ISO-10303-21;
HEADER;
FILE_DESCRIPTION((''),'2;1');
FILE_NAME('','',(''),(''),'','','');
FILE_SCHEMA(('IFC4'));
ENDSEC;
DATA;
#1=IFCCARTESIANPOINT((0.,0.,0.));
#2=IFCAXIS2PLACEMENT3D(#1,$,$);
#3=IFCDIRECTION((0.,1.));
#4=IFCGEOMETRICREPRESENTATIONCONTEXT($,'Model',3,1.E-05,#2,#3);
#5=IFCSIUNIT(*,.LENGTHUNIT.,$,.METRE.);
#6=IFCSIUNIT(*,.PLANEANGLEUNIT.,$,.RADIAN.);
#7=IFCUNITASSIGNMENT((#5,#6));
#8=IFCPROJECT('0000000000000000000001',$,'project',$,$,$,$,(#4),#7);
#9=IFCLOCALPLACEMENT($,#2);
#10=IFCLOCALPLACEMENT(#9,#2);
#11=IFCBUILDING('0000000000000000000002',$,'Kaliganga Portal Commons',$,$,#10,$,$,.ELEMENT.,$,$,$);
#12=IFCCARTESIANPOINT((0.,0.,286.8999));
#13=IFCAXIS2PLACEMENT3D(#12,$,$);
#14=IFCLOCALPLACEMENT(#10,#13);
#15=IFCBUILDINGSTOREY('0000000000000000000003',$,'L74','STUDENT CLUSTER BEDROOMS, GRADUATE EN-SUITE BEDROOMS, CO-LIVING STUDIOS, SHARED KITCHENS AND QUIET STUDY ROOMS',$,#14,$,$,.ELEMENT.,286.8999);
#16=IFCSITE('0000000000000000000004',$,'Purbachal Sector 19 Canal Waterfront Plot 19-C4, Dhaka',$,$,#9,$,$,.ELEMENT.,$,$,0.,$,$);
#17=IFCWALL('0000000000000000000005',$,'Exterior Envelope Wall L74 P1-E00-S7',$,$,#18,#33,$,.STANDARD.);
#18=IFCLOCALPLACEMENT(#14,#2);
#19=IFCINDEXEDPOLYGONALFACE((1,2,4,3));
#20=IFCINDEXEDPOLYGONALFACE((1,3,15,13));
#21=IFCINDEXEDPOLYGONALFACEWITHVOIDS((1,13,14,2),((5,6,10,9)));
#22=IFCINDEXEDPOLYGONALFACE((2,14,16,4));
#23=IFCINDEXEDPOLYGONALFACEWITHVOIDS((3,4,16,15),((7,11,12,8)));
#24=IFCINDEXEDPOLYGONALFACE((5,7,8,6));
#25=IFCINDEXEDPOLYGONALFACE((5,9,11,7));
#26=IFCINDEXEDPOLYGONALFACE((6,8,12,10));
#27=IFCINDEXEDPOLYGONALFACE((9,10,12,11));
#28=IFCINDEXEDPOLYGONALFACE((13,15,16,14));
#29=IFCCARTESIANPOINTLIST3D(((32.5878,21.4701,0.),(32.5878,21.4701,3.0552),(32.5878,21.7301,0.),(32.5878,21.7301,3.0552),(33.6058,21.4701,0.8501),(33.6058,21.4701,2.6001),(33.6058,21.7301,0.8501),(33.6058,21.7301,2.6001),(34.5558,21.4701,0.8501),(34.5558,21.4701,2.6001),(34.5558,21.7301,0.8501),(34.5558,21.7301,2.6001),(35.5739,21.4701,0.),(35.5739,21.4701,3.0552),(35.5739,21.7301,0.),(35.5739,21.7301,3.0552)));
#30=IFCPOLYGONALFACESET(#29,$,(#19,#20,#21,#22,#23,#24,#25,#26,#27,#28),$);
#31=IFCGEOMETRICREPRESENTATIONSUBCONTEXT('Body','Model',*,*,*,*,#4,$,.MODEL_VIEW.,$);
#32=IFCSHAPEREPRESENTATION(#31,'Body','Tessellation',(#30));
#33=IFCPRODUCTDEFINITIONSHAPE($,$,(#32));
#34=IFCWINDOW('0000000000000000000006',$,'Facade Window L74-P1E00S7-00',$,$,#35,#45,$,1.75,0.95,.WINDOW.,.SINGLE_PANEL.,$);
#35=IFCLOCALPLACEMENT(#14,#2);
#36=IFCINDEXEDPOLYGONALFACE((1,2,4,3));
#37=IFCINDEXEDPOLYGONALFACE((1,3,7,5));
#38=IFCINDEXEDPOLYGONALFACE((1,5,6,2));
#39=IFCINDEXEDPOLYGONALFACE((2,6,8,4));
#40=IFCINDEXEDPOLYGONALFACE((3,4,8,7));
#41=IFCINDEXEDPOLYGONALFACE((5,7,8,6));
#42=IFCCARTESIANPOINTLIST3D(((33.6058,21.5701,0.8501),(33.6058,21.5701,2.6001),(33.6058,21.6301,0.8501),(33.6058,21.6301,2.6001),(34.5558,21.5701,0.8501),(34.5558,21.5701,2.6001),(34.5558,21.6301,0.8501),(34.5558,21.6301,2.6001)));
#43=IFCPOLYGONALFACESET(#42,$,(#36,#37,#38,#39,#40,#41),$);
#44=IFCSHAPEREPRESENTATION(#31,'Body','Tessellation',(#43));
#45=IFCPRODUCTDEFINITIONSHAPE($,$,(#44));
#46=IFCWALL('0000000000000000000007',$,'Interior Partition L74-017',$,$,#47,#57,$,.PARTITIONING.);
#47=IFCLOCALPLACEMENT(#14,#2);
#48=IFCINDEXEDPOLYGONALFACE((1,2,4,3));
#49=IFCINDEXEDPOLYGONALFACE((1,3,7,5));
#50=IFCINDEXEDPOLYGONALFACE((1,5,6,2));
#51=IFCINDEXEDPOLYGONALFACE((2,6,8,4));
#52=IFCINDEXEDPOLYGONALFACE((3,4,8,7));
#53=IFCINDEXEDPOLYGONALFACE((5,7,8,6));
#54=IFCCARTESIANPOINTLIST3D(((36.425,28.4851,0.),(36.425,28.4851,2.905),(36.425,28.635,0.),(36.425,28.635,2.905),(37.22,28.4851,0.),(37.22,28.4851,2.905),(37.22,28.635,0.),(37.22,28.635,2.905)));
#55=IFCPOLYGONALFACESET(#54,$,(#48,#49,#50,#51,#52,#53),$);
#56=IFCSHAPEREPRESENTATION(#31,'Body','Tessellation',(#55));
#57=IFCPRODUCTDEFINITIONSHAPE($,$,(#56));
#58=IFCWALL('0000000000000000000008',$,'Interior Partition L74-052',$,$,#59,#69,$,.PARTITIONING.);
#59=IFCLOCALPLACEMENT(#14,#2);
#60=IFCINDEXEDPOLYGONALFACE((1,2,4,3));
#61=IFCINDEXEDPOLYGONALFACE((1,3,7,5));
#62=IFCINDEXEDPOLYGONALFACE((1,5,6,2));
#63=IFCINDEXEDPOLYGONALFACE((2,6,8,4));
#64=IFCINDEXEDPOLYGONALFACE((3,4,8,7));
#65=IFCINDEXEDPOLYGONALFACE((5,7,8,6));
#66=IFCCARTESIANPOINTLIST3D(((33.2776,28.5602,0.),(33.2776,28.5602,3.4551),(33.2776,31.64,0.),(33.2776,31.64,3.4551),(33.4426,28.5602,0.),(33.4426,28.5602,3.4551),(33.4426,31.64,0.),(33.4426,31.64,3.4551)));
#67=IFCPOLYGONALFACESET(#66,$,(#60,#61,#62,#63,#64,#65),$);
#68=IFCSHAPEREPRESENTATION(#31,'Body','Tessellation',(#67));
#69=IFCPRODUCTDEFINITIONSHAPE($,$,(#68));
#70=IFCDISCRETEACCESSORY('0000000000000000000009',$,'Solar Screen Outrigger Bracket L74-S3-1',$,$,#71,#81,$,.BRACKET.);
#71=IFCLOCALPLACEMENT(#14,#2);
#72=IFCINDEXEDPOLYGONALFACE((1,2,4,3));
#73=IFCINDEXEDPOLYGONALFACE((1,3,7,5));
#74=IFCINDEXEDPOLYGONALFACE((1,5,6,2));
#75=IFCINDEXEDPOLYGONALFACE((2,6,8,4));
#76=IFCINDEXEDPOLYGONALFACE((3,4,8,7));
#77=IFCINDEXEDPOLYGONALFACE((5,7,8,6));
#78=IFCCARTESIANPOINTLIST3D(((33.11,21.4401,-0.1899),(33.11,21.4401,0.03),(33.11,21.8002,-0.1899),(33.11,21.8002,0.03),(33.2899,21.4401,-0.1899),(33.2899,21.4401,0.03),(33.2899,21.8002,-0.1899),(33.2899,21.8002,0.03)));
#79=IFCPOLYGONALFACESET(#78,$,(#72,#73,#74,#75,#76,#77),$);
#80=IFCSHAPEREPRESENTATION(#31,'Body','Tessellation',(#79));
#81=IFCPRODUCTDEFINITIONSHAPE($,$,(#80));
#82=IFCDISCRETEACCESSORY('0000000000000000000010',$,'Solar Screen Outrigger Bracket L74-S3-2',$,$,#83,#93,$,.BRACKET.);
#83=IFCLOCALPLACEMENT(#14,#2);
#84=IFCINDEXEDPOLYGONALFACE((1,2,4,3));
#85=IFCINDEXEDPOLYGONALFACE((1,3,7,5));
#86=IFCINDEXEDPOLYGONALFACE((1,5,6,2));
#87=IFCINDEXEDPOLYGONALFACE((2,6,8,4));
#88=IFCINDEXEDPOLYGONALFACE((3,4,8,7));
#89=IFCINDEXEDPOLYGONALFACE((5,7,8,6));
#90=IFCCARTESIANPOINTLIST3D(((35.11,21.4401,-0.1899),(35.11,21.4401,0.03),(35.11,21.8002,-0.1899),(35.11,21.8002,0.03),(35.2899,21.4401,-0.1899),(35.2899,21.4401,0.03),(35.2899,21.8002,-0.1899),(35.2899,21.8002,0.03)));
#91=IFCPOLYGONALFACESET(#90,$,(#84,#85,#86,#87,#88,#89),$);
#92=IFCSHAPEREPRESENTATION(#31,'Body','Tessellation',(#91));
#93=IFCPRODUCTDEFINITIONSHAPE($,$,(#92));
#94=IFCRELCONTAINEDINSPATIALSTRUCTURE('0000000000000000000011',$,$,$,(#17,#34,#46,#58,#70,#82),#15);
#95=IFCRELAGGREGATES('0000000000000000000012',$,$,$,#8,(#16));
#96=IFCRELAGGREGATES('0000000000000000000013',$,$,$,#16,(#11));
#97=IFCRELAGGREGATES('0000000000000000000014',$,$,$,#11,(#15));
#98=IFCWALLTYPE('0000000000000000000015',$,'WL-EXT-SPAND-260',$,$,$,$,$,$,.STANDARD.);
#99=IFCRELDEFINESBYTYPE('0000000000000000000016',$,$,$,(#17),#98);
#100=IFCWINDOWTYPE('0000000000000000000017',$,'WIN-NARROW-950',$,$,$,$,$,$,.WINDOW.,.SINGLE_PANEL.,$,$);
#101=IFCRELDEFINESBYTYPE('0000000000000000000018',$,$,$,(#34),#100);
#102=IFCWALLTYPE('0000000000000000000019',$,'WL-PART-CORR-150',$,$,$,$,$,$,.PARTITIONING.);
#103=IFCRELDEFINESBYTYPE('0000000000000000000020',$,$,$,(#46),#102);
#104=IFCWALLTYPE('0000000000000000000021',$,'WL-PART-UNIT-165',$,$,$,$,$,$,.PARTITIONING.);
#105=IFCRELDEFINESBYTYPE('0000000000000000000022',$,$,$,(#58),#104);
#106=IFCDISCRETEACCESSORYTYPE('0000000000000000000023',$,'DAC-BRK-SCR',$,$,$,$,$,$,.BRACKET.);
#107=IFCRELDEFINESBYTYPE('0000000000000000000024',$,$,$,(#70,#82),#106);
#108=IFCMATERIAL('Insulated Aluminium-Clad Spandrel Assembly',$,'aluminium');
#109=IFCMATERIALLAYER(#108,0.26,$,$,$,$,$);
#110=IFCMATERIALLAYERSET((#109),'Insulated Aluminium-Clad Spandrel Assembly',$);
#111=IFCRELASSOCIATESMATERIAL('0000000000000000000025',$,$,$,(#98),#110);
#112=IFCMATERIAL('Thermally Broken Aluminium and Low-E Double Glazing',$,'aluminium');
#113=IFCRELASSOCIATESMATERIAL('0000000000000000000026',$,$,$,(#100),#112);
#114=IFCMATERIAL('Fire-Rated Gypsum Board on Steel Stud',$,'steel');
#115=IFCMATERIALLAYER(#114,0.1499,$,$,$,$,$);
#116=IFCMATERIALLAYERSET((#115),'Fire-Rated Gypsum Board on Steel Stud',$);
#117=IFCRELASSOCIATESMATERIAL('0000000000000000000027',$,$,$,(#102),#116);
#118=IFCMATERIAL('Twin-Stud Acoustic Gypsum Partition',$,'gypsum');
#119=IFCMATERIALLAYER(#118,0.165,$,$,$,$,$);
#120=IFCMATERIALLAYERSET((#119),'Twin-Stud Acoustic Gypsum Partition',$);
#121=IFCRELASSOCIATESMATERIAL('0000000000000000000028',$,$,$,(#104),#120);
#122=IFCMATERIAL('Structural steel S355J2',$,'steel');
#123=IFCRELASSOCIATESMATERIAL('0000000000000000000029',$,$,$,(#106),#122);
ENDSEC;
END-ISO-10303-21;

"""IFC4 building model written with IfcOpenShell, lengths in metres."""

from ifc_helpers import new_model, si_unit, direction, frame, frame_2d, origin, origin_2d, place, context, subcontext, project, spatial, rectangle, extrude, source, transform, mapped, material, layer, layer_set, type_object, element, fill, save


model = new_model("IFC4")

# Units and contexts
model_context = context("Model", 3, precision=1e-05, world=origin(), true_north=direction((0.0, 1.0)))
body_context = subcontext(model_context, "Body", "Model", "MODEL_VIEW")
ifc_project = project(units=[si_unit("LENGTHUNIT", "METRE"), si_unit("PLANEANGLEUNIT", "RADIAN")], contexts=[model_context])

# Site, building, storey
site_placement = place(None, origin())
site = spatial("IfcSite", under=ifc_project, at=site_placement, Name="Purbachal Sector 19 Canal Waterfront Plot 19-C4, Dhaka", CompositionType="ELEMENT", RefElevation=0.0)
building_placement = place(site_placement, origin())
building = spatial("IfcBuilding", under=site, at=building_placement, Name="Kaliganga Portal Commons", CompositionType="ELEMENT")
storey_placement = place(building_placement, frame((0.0, 0.0, 286.8999)))
storey = spatial("IfcBuildingStorey", under=building, at=storey_placement, Name="L74", Description="STUDENT CLUSTER BEDROOMS, GRADUATE EN-SUITE BEDROOMS, CO-LIVING STUDIOS, SHARED KITCHENS AND QUIET STUDY ROOMS", CompositionType="ELEMENT", Elevation=286.8999)

# Shared definitions
ifc_material_1 = material(Name="Structural steel S355J2", Category="steel")

# Wall, opening, window
ifc_material_2 = material(Name="Insulated Aluminium-Clad Spandrel Assembly", Category="aluminium")
ifc_layer_1 = layer(ifc_material_2, 0.26)
ifc_layer_set_1 = layer_set([ifc_layer_1], Name="Insulated Aluminium-Clad Spandrel Assembly")
wall_type_1 = type_object("IfcWallType", Name="WL-EXT-SPAND-260", PredefinedType="STANDARD", material=ifc_layer_set_1)
wall_1_placement = place(storey_placement, frame((35.574, 21.6001, 0.0), z_axis=(0.0, 0.0, 1.0), x_axis=(-1.0, 0.0, 0.0)))
wall_1 = element("IfcWall", 1, at=wall_1_placement, inside=storey, type_object=wall_type_1, Name="Exterior Envelope Wall L74 P1-E00-S7", PredefinedType="STANDARD", context=body_context, shape_type="SweptSolid", body=[
    extrude(rectangle(XDim=2.9861, YDim=0.26, at=frame_2d((1.4932, 0.0))), origin(), (0.0, 0.0, 1.0), 3.0552),
])
opening_1_placement = place(wall_1_placement, frame((1.0181, 0.0, 0.8501)))
opening_1 = element("IfcOpeningElement", 2, at=opening_1_placement, cuts=wall_1, PredefinedType="OPENING", context=body_context, shape_type="SweptSolid", body=[
    extrude(rectangle(XDim=0.95, YDim=1.75, at=frame_2d((0.4751, 0.875))), frame((0.0, 0.1401, 0.0), z_axis=(0.0, -1.0, 0.0), x_axis=(1.0, 0.0, 0.0)), (0.0, 0.0, 1.0), 0.28),
])
ifc_material_3 = material(Name="Thermally Broken Aluminium and Low-E Double Glazing", Category="aluminium")
window_type = type_object("IfcWindowType", Name="WIN-NARROW-950", PartitioningType="SINGLE_PANEL", PredefinedType="WINDOW", material=ifc_material_3)
window_placement = place(opening_1_placement, origin())
window = element("IfcWindow", 3, at=window_placement, inside=storey, type_object=window_type, Name="Facade Window L74-P1E00S7-00", OverallHeight=1.75, OverallWidth=0.95, PartitioningType="SINGLE_PANEL", PredefinedType="WINDOW", context=body_context, shape_type="SweptSolid", body=[
    extrude(rectangle(XDim=0.95, YDim=1.75, at=frame_2d((0.4751, 0.875))), frame((0.0, 0.03, 0.0), z_axis=(0.0, -1.0, 0.0), x_axis=(1.0, 0.0, 0.0)), (0.0, 0.0, 1.0), 0.0601),
])
fill(opening_1, window)

# Shared definitions
ifc_material_4 = material(Name="Fire-Rated Gypsum Board on Steel Stud", Category="steel")
ifc_layer_2 = layer(ifc_material_4, 0.1499)
ifc_layer_set_2 = layer_set([ifc_layer_2], Name="Fire-Rated Gypsum Board on Steel Stud")
wall_type_2 = type_object("IfcWallType", Name="WL-PART-CORR-150", PredefinedType="PARTITIONING", material=ifc_layer_set_2)

# Walls
wall_2_placement = place(storey_placement, frame((36.425, 28.5601, 0.0), z_axis=(0.0, 0.0, 1.0), x_axis=(1.0, 0.0, 0.0)))
element("IfcWall", 4, at=wall_2_placement, inside=storey, type_object=wall_type_2, Name="Interior Partition L74-017", PredefinedType="PARTITIONING", context=body_context, shape_type="SweptSolid", body=[
    extrude(rectangle(XDim=0.7949, YDim=0.1499, at=frame_2d((0.3975, 0.0))), origin(), (0.0, 0.0, 1.0), 2.905),
])
ifc_material_5 = material(Name="Twin-Stud Acoustic Gypsum Partition", Category="gypsum")
ifc_layer_3 = layer(ifc_material_5, 0.165)
ifc_layer_set_3 = layer_set([ifc_layer_3], Name="Twin-Stud Acoustic Gypsum Partition")
wall_type_3 = type_object("IfcWallType", Name="WL-PART-UNIT-165", PredefinedType="PARTITIONING", material=ifc_layer_set_3)
wall_3_placement = place(storey_placement, frame((33.3601, 28.5601, 0.0), z_axis=(0.0, 0.0, 1.0), x_axis=(0.0, 1.0, 0.0)))
element("IfcWall", 5, at=wall_3_placement, inside=storey, type_object=wall_type_3, Name="Interior Partition L74-052", PredefinedType="PARTITIONING", context=body_context, shape_type="SweptSolid", body=[
    extrude(rectangle(XDim=3.0798, YDim=0.165, at=frame_2d((1.54, 0.0))), origin(), (0.0, 0.0, 1.0), 3.4551),
])

# Discrete accessories
discrete_accessory_type = type_object("IfcDiscreteAccessoryType", Name="DAC-BRK-SCR", PredefinedType="BRACKET", material=ifc_material_1)
shared_shape_1 = source(origin(), body_context, "Body", "SweptSolid", [
    extrude(rectangle(XDim=0.1799, YDim=0.3601, at=origin_2d()), origin(), (0.0, 0.0, 1.0), 0.22),
])
for number, where, z_axis, x_axis, name in (
    (6, (33.2, 21.6201, -0.1899), (0.0, 0.0, 1.0), (1.0, 0.0, 0.0), "Solar Screen Outrigger Bracket L74-S3-1"),
    (7, (35.2, 21.6201, -0.1899), (0.0, 0.0, 1.0), (1.0, 0.0, 0.0), "Solar Screen Outrigger Bracket L74-S3-2"),
):
    element("IfcDiscreteAccessory", number, at=place(storey_placement, frame(where, z_axis=z_axis, x_axis=x_axis)), inside=storey, type_object=discrete_accessory_type, Name=name, PredefinedType="BRACKET", context=body_context, shape_type="MappedRepresentation", body=[
        mapped(shared_shape_1, transform((0.0, 0.0, 0.0), x_axis=(1.0, 0.0, 0.0), y_axis=(0.0, 1.0, 0.0), z_axis=(0.0, 0.0, 1.0), scale=1.0)),
    ])

save(model, "model.ifc")
